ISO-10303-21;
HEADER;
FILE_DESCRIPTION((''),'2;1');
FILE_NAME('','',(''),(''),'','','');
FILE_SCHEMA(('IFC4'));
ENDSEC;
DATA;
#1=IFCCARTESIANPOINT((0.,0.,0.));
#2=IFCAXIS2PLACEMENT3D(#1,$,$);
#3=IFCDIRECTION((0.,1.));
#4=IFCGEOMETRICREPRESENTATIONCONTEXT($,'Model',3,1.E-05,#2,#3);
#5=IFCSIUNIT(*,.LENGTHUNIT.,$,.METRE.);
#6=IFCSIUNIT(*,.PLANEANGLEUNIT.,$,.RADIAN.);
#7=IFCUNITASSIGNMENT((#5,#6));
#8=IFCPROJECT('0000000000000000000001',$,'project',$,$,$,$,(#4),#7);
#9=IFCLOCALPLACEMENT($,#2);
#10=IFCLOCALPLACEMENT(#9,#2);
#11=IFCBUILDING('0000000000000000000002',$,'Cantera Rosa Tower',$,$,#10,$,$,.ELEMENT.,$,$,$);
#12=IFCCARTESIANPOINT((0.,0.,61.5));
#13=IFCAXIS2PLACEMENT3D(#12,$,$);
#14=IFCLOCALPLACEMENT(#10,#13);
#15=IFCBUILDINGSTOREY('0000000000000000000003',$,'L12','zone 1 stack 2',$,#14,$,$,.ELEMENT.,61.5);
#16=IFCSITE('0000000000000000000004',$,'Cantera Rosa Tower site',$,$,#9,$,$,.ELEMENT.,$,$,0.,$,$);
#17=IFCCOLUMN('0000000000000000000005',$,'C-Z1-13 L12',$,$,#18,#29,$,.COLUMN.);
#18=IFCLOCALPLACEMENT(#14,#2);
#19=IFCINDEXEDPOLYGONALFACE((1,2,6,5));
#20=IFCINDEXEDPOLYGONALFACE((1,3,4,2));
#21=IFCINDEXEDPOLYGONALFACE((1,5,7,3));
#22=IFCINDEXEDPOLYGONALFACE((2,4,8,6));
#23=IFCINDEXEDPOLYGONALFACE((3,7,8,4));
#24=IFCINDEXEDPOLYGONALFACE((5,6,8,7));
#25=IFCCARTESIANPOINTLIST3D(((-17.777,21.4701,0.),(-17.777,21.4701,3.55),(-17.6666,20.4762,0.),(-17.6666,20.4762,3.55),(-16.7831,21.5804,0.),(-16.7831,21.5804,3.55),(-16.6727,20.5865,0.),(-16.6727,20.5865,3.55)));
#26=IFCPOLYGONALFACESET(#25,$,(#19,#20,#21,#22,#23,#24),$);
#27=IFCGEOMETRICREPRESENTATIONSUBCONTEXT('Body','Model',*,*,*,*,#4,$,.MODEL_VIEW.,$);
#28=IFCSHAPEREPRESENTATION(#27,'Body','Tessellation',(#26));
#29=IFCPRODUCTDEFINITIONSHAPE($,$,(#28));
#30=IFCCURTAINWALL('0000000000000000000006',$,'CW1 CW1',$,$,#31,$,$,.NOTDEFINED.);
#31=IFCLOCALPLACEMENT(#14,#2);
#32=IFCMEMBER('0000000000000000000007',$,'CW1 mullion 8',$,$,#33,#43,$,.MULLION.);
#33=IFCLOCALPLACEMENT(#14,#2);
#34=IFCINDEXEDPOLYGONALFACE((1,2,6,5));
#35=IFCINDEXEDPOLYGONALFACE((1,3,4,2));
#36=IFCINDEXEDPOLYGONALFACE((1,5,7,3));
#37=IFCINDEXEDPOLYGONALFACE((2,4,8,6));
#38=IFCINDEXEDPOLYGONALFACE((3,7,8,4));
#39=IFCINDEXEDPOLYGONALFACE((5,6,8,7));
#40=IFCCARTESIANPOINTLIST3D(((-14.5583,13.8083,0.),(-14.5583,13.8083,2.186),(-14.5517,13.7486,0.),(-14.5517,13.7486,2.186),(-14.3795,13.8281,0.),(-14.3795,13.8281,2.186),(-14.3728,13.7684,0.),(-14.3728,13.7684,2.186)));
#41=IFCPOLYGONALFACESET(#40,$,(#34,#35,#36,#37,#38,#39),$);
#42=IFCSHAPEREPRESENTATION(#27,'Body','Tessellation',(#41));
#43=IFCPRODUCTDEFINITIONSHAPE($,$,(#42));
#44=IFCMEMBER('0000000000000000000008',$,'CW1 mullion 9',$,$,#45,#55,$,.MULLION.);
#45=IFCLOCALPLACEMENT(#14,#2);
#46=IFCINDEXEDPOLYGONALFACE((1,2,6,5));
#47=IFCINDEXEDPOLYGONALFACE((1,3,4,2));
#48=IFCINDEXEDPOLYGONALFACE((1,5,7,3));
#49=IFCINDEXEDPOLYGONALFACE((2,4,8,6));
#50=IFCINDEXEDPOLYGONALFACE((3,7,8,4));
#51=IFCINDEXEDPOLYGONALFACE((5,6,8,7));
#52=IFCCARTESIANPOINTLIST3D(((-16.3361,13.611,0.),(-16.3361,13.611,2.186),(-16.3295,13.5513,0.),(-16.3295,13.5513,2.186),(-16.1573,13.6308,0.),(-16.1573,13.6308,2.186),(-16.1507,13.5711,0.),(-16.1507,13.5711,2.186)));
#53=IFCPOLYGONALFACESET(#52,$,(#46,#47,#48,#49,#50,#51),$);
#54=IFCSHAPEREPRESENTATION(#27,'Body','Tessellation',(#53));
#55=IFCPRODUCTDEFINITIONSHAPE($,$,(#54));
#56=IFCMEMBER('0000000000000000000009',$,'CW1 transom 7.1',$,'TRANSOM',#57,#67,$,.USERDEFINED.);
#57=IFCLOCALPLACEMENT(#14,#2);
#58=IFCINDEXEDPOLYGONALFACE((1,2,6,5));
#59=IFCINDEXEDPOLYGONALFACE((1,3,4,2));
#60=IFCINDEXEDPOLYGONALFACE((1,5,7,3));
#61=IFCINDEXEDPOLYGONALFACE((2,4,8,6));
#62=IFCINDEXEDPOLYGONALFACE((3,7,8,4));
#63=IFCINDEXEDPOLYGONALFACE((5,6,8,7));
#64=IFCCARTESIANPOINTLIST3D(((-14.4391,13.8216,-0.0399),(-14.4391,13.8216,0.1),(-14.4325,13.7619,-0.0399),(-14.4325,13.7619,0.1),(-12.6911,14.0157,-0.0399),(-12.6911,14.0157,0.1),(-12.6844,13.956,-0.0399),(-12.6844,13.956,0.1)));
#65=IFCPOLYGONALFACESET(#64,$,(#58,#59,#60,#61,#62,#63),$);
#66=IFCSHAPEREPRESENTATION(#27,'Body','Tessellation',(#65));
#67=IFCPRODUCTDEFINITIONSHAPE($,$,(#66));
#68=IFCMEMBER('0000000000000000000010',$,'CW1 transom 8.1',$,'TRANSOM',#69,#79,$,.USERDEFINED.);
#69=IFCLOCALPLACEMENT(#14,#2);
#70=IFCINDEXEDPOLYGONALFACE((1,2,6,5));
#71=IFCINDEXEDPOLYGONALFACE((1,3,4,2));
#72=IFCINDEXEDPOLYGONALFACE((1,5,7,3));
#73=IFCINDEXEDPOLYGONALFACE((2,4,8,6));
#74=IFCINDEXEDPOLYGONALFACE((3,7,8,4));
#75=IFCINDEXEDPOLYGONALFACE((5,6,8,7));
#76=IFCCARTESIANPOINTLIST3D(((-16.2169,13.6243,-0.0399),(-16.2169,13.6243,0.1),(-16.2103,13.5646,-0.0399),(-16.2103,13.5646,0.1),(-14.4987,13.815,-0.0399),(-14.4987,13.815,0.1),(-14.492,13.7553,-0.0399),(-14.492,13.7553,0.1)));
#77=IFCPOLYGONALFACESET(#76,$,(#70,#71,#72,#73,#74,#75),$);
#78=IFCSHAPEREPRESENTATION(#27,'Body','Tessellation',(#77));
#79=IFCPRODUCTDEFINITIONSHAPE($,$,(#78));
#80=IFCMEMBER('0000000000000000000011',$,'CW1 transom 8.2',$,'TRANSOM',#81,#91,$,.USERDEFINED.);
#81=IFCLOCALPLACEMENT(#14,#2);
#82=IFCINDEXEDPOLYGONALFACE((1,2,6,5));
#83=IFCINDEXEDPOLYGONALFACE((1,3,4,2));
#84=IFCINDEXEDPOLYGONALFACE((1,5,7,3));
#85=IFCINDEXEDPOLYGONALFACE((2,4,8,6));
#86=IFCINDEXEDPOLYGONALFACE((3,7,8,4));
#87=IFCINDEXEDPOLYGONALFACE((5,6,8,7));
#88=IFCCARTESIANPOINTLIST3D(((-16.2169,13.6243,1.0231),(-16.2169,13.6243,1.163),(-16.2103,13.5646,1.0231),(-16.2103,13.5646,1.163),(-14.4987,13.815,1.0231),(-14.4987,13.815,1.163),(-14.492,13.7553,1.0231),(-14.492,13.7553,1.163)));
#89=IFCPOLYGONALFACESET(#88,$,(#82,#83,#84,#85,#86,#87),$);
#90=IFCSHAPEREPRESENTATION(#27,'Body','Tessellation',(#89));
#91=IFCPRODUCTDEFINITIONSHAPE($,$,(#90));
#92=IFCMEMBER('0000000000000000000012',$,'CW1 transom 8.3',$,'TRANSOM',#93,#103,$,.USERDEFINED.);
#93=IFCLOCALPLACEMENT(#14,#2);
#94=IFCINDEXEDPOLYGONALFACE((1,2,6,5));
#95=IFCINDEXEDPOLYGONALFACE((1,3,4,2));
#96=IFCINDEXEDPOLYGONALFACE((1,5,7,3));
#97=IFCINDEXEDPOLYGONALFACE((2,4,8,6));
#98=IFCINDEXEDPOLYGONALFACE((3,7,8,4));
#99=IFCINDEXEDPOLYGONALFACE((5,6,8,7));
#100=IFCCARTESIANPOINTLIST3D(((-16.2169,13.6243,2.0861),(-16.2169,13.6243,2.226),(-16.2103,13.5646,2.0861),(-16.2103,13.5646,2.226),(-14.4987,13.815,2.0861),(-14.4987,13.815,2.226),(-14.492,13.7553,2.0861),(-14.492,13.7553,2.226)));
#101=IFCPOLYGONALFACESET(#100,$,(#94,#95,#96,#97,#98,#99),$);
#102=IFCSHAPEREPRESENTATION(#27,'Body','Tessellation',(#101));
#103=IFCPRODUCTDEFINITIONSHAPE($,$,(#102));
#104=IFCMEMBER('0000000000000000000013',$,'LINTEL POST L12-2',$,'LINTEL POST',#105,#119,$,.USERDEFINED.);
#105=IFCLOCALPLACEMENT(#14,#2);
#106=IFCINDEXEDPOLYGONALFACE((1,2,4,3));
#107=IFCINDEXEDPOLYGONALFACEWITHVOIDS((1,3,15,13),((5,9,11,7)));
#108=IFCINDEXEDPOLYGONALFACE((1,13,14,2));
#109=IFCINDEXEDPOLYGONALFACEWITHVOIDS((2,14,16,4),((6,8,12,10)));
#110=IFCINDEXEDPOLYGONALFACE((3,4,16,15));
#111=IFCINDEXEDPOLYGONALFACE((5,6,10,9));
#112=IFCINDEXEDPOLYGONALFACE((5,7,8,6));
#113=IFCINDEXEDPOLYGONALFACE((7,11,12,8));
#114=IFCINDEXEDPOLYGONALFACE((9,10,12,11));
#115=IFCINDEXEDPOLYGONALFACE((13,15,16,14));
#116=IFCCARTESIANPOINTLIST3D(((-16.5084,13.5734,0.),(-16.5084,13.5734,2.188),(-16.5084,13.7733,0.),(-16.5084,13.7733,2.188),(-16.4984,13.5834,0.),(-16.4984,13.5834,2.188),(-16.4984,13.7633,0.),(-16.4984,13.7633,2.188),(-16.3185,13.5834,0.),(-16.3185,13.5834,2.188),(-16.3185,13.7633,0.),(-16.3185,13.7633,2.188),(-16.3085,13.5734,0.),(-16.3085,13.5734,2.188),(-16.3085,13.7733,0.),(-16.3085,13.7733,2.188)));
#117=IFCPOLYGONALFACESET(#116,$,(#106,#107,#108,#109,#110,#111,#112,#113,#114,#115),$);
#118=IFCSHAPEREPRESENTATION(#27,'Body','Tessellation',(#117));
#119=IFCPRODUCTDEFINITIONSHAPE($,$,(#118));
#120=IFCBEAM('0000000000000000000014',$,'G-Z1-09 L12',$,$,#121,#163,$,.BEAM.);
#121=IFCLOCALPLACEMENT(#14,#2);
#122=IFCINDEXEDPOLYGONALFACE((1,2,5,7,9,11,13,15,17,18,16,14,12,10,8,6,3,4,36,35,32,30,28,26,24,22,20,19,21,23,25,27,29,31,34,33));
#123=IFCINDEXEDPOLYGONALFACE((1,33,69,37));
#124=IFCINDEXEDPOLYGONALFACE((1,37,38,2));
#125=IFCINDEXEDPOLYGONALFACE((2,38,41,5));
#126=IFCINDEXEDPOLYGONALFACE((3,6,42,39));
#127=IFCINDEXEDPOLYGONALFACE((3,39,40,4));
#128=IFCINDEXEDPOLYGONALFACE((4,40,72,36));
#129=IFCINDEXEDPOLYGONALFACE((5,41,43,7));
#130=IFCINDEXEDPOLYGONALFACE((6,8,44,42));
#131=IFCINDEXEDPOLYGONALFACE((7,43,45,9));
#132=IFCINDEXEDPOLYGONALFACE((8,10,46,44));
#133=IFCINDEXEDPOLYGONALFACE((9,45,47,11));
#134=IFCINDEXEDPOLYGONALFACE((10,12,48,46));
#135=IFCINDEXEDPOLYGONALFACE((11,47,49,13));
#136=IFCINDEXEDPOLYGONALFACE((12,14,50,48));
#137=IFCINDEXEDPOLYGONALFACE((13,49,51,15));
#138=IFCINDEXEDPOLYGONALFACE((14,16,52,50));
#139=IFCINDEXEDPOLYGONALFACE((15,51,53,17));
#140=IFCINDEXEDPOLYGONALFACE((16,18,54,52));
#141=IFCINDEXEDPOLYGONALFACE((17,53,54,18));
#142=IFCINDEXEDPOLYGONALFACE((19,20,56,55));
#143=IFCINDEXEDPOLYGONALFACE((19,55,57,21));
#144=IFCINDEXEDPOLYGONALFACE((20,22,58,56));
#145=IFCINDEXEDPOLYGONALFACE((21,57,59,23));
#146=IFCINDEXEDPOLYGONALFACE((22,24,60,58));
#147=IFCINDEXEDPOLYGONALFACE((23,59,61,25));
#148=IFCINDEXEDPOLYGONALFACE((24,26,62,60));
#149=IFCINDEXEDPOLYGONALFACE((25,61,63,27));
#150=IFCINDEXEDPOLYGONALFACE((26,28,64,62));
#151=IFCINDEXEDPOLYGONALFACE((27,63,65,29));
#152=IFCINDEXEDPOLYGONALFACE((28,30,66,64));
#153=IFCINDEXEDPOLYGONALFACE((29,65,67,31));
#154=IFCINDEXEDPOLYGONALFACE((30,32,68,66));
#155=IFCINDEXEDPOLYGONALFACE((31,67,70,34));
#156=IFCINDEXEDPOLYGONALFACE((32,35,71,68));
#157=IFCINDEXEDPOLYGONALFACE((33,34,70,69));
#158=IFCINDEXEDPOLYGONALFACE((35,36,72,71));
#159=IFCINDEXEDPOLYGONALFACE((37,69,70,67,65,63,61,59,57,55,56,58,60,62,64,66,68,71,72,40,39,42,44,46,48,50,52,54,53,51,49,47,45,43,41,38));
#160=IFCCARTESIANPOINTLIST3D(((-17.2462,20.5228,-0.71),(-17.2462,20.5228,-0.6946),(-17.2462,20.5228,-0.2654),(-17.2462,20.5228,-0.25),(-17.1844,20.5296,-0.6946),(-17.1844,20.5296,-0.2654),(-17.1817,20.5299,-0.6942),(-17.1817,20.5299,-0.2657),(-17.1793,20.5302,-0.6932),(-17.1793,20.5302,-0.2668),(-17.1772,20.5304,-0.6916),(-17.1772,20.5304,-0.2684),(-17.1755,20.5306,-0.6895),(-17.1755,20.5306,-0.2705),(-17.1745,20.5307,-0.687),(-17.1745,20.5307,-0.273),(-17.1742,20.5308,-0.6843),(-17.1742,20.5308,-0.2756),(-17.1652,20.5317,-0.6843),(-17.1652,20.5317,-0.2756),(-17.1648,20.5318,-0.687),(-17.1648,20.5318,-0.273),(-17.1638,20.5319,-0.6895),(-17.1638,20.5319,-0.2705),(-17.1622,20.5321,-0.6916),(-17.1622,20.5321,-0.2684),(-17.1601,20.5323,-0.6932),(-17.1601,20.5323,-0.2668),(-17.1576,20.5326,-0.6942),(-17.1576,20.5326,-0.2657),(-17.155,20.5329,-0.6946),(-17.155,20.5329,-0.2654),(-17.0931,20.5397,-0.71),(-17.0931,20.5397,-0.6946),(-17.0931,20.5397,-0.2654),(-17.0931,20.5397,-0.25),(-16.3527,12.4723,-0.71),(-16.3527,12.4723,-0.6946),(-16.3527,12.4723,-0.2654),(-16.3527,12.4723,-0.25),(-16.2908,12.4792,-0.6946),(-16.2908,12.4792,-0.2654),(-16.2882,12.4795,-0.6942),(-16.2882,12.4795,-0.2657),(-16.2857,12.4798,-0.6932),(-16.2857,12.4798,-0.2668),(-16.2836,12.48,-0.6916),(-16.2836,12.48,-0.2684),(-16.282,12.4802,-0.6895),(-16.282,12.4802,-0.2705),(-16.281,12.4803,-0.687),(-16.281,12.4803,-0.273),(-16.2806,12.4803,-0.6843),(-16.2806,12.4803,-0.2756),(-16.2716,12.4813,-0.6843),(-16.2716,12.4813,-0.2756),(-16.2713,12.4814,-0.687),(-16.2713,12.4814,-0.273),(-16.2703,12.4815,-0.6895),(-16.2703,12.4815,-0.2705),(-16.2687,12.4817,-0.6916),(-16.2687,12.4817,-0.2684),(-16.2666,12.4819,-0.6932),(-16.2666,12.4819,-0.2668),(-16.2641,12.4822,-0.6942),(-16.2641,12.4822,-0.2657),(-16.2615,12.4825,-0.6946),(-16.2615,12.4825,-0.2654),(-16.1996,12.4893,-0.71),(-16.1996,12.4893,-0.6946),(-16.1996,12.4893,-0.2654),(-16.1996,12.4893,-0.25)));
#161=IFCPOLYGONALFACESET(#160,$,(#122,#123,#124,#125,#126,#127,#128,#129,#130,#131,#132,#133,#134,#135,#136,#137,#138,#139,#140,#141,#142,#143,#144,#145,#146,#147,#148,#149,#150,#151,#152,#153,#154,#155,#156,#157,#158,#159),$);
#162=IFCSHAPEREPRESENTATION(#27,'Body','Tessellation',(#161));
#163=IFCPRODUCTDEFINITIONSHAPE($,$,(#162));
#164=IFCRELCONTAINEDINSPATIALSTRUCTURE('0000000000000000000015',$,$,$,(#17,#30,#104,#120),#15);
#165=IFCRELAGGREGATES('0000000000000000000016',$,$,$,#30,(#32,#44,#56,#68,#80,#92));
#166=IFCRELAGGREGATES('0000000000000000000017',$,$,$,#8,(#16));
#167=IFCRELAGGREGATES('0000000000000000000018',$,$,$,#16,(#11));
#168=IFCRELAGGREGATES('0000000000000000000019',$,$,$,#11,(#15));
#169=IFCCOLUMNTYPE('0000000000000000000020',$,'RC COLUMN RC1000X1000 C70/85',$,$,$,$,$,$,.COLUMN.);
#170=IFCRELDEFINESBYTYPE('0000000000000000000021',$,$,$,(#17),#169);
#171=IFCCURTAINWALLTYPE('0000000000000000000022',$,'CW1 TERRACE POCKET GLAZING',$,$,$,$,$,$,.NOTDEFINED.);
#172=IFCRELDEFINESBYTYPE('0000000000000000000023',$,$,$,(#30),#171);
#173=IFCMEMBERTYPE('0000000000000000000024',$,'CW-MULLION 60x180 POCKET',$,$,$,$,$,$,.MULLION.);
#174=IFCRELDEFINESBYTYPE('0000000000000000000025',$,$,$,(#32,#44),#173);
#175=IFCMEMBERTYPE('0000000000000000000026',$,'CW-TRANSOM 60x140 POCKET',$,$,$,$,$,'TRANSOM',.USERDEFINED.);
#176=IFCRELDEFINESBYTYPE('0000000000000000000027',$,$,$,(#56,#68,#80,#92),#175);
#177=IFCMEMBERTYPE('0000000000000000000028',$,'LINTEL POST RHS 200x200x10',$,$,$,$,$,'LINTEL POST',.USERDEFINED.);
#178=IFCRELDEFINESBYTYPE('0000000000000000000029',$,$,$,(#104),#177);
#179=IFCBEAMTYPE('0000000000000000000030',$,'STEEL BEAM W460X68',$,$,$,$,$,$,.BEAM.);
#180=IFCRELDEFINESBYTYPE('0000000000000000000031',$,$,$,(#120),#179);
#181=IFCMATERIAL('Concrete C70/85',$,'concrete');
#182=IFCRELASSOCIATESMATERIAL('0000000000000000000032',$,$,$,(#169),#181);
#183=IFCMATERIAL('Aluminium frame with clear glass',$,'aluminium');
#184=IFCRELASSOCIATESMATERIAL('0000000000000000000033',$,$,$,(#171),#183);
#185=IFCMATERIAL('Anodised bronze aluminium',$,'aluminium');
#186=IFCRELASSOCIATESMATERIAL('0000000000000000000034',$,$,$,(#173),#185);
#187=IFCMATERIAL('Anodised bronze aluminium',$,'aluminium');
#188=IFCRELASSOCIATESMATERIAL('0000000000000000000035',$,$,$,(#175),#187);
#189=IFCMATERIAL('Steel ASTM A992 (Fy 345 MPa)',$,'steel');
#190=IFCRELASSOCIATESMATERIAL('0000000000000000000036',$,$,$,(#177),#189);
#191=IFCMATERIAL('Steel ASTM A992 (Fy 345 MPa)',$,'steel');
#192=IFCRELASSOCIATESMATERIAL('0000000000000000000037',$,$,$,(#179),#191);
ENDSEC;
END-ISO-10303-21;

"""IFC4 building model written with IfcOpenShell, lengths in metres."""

from ifc_helpers import new_model, si_unit, direction, frame, origin, origin_2d, place, context, subcontext, project, spatial, rectangle, hollow_rectangle, i_section, extrude, material, material_profile, profile_set, type_object, element, aggregate, save


model = new_model("IFC4")

# Units and contexts
model_context = context("Model", 3, precision=1e-05, world=origin(), true_north=direction((0.0, 1.0)))
body_context = subcontext(model_context, "Body", "Model", "MODEL_VIEW")
ifc_project = project(units=[si_unit("LENGTHUNIT", "METRE"), si_unit("PLANEANGLEUNIT", "RADIAN")], contexts=[model_context])

# Site, building, storey
site_placement = place(None, origin())
site = spatial("IfcSite", under=ifc_project, at=site_placement, Name="Cantera Rosa Tower site", CompositionType="ELEMENT", RefElevation=0.0)
building_placement = place(site_placement, origin())
building = spatial("IfcBuilding", under=site, at=building_placement, Name="Cantera Rosa Tower", CompositionType="ELEMENT")
storey_placement = place(building_placement, frame((0.0, 0.0, 61.5)))
storey = spatial("IfcBuildingStorey", under=building, at=storey_placement, Name="L12", Description="zone 1 stack 2", CompositionType="ELEMENT", Elevation=61.5)

# Column
ifc_material_1 = material(Name="Concrete C70/85", Category="concrete")
ifc_material_profile_1 = material_profile(ifc_material_1, rectangle(XDim=1.0, YDim=1.0, at=origin_2d()), Name="RC COLUMN RC1000X1000 C70/85")
ifc_profile_set_1 = profile_set([ifc_material_profile_1], Name="Concrete C70/85")
column_type = type_object("IfcColumnType", Name="RC COLUMN RC1000X1000 C70/85", PredefinedType="COLUMN", material=ifc_profile_set_1)
column_placement = place(storey_placement, frame((-17.2249, 21.0283, 0.0), z_axis=(0.0, 0.0, 1.0), x_axis=(0.993897, 0.110313, 0.0)))
element("IfcColumn", 1, at=column_placement, inside=storey, type_object=column_type, Name="C-Z1-13 L12", PredefinedType="COLUMN", context=body_context, shape_type="SweptSolid", body=[
    extrude(rectangle(XDim=1.0, YDim=1.0, at=origin_2d()), origin(), (0.0, 0.0, 1.0), 3.55),
])

# Curtain wall, members
ifc_material_2 = material(Name="Aluminium frame with clear glass", Category="aluminium")
curtain_wall_type = type_object("IfcCurtainWallType", Name="CW1 TERRACE POCKET GLAZING", PredefinedType="NOTDEFINED", material=ifc_material_2)
curtain_wall_placement = place(storey_placement, origin())
curtain_wall = element("IfcCurtainWall", 2, at=curtain_wall_placement, inside=storey, type_object=curtain_wall_type, Name="CW1 CW1", PredefinedType="NOTDEFINED")
ifc_material_3 = material(Name="Anodised bronze aluminium", Category="aluminium")
ifc_material_profile_2 = material_profile(ifc_material_3, rectangle(XDim=0.0601, YDim=0.1799, at=origin_2d()), Name="CW-MULLION 60x180 POCKET")
ifc_profile_set_2 = profile_set([ifc_material_profile_2], Name="Anodised bronze aluminium")
member_type_1 = type_object("IfcMemberType", Name="CW-MULLION 60x180 POCKET", PredefinedType="MULLION", material=ifc_profile_set_2)
member_1_placement = place(storey_placement, frame((-14.4656, 13.7883, 0.0), z_axis=(0.0, 0.0, 1.0), x_axis=(0.110313, -0.993897, 0.0)))
member_1 = element("IfcMember", 3, at=member_1_placement, type_object=member_type_1, Name="CW1 mullion 8", PredefinedType="MULLION", context=body_context, shape_type="SweptSolid", body=[
    extrude(rectangle(XDim=0.0601, YDim=0.1799, at=origin_2d()), origin(), (0.0, 0.0, 1.0), 2.186),
])
member_2_placement = place(storey_placement, frame((-16.2434, 13.5911, 0.0), z_axis=(0.0, 0.0, 1.0), x_axis=(0.110313, -0.993897, 0.0)))
member_2 = element("IfcMember", 4, at=member_2_placement, type_object=member_type_1, Name="CW1 mullion 9", PredefinedType="MULLION", context=body_context, shape_type="SweptSolid", body=[
    extrude(rectangle(XDim=0.0601, YDim=0.1799, at=origin_2d()), origin(), (0.0, 0.0, 1.0), 2.186),
])
ifc_material_4 = material(Name="Anodised bronze aluminium", Category="aluminium")
ifc_material_profile_3 = material_profile(ifc_material_4, rectangle(XDim=0.0601, YDim=0.1399, at=origin_2d()), Name="CW-TRANSOM 60x140 POCKET")
ifc_profile_set_3 = profile_set([ifc_material_profile_3], Name="Anodised bronze aluminium")
member_type_2 = type_object("IfcMemberType", Name="CW-TRANSOM 60x140 POCKET", ElementType="TRANSOM", PredefinedType="USERDEFINED", material=ifc_profile_set_3)
member_3_placement = place(storey_placement, frame((-12.6877, 13.9858, 0.03), z_axis=(-0.993892, -0.110355, 0.0), x_axis=(0.110355, -0.993892, 0.0)))
member_3 = element("IfcMember", 5, at=member_3_placement, type_object=member_type_2, Name="CW1 transom 7.1", ObjectType="TRANSOM", PredefinedType="USERDEFINED", context=body_context, shape_type="SweptSolid", body=[
    extrude(rectangle(XDim=0.0601, YDim=0.1399, at=origin_2d()), origin(), (0.0, 0.0, 1.0), 1.7588),
])
member_4_placement = place(storey_placement, frame((-14.4954, 13.7852, 0.03), z_axis=(-0.993899, -0.110292, 0.0), x_axis=(0.110292, -0.993899, 0.0)))
member_4 = element("IfcMember", 6, at=member_4_placement, type_object=member_type_2, Name="CW1 transom 8.1", ObjectType="TRANSOM", PredefinedType="USERDEFINED", context=body_context, shape_type="SweptSolid", body=[
    extrude(rectangle(XDim=0.0601, YDim=0.1399, at=origin_2d()), origin(), (0.0, 0.0, 1.0), 1.7288),
])
member_5_placement = place(storey_placement, frame((-14.4954, 13.7852, 1.093), z_axis=(-0.993899, -0.110292, 0.0), x_axis=(0.110292, -0.993899, 0.0)))
member_5 = element("IfcMember", 7, at=member_5_placement, type_object=member_type_2, Name="CW1 transom 8.2", ObjectType="TRANSOM", PredefinedType="USERDEFINED", context=body_context, shape_type="SweptSolid", body=[
    extrude(rectangle(XDim=0.0601, YDim=0.1399, at=origin_2d()), origin(), (0.0, 0.0, 1.0), 1.7288),
])
member_6_placement = place(storey_placement, frame((-14.4954, 13.7852, 2.156), z_axis=(-0.993899, -0.110292, 0.0), x_axis=(0.110292, -0.993899, 0.0)))
member_6 = element("IfcMember", 8, at=member_6_placement, type_object=member_type_2, Name="CW1 transom 8.3", ObjectType="TRANSOM", PredefinedType="USERDEFINED", context=body_context, shape_type="SweptSolid", body=[
    extrude(rectangle(XDim=0.0601, YDim=0.1399, at=origin_2d()), origin(), (0.0, 0.0, 1.0), 1.7288),
])

# Member
ifc_material_5 = material(Name="Steel ASTM A992 (Fy 345 MPa)", Category="steel")
ifc_material_profile_4 = material_profile(ifc_material_5, hollow_rectangle(XDim=0.2, YDim=0.2, WallThickness=0.01, at=origin_2d()), Name="LINTEL POST RHS 200x200x10")
ifc_profile_set_4 = profile_set([ifc_material_profile_4], Name="Steel ASTM A992 (Fy 345 MPa)")
member_type_3 = type_object("IfcMemberType", Name="LINTEL POST RHS 200x200x10", ElementType="LINTEL POST", PredefinedType="USERDEFINED", material=ifc_profile_set_4)
member_7_placement = place(storey_placement, frame((-16.4084, 13.6733, 0.0), z_axis=(0.0, 0.0, 1.0), x_axis=(1.0, 0.0, 0.0)))
element("IfcMember", 9, at=member_7_placement, inside=storey, type_object=member_type_3, Name="LINTEL POST L12-2", ObjectType="LINTEL POST", PredefinedType="USERDEFINED", context=body_context, shape_type="SweptSolid", body=[
    extrude(hollow_rectangle(XDim=0.2, YDim=0.2, WallThickness=0.01, at=origin_2d()), origin(), (0.0, 0.0, 1.0), 2.188),
])

# Beam
ifc_material_6 = material(Name="Steel ASTM A992 (Fy 345 MPa)", Category="steel")
ifc_material_profile_5 = material_profile(ifc_material_6, i_section(OverallWidth=0.1541, OverallDepth=0.46, WebThickness=0.009, FlangeThickness=0.0154, FilletRadius=0.0103, at=origin_2d()), Name="W460X68")
ifc_profile_set_5 = profile_set([ifc_material_profile_5], Name="Steel ASTM A992 (Fy 345 MPa)")
beam_type_1 = type_object("IfcBeamType", Name="STEEL BEAM W460X68", PredefinedType="BEAM", material=ifc_profile_set_5)
beam_1_placement = place(storey_placement, frame((-17.1697, 20.5312, -0.48), z_axis=(0.110316, -0.993897, 0.0), x_axis=(0.993897, 0.110316, 0.0)))
element("IfcBeam", 10, at=beam_1_placement, inside=storey, type_object=beam_type_1, Name="G-Z1-09 L12", PredefinedType="BEAM", context=body_context, shape_type="SweptSolid", body=[
    extrude(i_section(OverallWidth=0.1541, OverallDepth=0.46, WebThickness=0.009, FlangeThickness=0.0154, FilletRadius=0.0103, at=origin_2d()), origin(), (0.0, 0.0, 1.0), 8.0999),
])

aggregate(curtain_wall, [member_1, member_2, member_3, member_4, member_5, member_6])

save(model, "model.ifc")
